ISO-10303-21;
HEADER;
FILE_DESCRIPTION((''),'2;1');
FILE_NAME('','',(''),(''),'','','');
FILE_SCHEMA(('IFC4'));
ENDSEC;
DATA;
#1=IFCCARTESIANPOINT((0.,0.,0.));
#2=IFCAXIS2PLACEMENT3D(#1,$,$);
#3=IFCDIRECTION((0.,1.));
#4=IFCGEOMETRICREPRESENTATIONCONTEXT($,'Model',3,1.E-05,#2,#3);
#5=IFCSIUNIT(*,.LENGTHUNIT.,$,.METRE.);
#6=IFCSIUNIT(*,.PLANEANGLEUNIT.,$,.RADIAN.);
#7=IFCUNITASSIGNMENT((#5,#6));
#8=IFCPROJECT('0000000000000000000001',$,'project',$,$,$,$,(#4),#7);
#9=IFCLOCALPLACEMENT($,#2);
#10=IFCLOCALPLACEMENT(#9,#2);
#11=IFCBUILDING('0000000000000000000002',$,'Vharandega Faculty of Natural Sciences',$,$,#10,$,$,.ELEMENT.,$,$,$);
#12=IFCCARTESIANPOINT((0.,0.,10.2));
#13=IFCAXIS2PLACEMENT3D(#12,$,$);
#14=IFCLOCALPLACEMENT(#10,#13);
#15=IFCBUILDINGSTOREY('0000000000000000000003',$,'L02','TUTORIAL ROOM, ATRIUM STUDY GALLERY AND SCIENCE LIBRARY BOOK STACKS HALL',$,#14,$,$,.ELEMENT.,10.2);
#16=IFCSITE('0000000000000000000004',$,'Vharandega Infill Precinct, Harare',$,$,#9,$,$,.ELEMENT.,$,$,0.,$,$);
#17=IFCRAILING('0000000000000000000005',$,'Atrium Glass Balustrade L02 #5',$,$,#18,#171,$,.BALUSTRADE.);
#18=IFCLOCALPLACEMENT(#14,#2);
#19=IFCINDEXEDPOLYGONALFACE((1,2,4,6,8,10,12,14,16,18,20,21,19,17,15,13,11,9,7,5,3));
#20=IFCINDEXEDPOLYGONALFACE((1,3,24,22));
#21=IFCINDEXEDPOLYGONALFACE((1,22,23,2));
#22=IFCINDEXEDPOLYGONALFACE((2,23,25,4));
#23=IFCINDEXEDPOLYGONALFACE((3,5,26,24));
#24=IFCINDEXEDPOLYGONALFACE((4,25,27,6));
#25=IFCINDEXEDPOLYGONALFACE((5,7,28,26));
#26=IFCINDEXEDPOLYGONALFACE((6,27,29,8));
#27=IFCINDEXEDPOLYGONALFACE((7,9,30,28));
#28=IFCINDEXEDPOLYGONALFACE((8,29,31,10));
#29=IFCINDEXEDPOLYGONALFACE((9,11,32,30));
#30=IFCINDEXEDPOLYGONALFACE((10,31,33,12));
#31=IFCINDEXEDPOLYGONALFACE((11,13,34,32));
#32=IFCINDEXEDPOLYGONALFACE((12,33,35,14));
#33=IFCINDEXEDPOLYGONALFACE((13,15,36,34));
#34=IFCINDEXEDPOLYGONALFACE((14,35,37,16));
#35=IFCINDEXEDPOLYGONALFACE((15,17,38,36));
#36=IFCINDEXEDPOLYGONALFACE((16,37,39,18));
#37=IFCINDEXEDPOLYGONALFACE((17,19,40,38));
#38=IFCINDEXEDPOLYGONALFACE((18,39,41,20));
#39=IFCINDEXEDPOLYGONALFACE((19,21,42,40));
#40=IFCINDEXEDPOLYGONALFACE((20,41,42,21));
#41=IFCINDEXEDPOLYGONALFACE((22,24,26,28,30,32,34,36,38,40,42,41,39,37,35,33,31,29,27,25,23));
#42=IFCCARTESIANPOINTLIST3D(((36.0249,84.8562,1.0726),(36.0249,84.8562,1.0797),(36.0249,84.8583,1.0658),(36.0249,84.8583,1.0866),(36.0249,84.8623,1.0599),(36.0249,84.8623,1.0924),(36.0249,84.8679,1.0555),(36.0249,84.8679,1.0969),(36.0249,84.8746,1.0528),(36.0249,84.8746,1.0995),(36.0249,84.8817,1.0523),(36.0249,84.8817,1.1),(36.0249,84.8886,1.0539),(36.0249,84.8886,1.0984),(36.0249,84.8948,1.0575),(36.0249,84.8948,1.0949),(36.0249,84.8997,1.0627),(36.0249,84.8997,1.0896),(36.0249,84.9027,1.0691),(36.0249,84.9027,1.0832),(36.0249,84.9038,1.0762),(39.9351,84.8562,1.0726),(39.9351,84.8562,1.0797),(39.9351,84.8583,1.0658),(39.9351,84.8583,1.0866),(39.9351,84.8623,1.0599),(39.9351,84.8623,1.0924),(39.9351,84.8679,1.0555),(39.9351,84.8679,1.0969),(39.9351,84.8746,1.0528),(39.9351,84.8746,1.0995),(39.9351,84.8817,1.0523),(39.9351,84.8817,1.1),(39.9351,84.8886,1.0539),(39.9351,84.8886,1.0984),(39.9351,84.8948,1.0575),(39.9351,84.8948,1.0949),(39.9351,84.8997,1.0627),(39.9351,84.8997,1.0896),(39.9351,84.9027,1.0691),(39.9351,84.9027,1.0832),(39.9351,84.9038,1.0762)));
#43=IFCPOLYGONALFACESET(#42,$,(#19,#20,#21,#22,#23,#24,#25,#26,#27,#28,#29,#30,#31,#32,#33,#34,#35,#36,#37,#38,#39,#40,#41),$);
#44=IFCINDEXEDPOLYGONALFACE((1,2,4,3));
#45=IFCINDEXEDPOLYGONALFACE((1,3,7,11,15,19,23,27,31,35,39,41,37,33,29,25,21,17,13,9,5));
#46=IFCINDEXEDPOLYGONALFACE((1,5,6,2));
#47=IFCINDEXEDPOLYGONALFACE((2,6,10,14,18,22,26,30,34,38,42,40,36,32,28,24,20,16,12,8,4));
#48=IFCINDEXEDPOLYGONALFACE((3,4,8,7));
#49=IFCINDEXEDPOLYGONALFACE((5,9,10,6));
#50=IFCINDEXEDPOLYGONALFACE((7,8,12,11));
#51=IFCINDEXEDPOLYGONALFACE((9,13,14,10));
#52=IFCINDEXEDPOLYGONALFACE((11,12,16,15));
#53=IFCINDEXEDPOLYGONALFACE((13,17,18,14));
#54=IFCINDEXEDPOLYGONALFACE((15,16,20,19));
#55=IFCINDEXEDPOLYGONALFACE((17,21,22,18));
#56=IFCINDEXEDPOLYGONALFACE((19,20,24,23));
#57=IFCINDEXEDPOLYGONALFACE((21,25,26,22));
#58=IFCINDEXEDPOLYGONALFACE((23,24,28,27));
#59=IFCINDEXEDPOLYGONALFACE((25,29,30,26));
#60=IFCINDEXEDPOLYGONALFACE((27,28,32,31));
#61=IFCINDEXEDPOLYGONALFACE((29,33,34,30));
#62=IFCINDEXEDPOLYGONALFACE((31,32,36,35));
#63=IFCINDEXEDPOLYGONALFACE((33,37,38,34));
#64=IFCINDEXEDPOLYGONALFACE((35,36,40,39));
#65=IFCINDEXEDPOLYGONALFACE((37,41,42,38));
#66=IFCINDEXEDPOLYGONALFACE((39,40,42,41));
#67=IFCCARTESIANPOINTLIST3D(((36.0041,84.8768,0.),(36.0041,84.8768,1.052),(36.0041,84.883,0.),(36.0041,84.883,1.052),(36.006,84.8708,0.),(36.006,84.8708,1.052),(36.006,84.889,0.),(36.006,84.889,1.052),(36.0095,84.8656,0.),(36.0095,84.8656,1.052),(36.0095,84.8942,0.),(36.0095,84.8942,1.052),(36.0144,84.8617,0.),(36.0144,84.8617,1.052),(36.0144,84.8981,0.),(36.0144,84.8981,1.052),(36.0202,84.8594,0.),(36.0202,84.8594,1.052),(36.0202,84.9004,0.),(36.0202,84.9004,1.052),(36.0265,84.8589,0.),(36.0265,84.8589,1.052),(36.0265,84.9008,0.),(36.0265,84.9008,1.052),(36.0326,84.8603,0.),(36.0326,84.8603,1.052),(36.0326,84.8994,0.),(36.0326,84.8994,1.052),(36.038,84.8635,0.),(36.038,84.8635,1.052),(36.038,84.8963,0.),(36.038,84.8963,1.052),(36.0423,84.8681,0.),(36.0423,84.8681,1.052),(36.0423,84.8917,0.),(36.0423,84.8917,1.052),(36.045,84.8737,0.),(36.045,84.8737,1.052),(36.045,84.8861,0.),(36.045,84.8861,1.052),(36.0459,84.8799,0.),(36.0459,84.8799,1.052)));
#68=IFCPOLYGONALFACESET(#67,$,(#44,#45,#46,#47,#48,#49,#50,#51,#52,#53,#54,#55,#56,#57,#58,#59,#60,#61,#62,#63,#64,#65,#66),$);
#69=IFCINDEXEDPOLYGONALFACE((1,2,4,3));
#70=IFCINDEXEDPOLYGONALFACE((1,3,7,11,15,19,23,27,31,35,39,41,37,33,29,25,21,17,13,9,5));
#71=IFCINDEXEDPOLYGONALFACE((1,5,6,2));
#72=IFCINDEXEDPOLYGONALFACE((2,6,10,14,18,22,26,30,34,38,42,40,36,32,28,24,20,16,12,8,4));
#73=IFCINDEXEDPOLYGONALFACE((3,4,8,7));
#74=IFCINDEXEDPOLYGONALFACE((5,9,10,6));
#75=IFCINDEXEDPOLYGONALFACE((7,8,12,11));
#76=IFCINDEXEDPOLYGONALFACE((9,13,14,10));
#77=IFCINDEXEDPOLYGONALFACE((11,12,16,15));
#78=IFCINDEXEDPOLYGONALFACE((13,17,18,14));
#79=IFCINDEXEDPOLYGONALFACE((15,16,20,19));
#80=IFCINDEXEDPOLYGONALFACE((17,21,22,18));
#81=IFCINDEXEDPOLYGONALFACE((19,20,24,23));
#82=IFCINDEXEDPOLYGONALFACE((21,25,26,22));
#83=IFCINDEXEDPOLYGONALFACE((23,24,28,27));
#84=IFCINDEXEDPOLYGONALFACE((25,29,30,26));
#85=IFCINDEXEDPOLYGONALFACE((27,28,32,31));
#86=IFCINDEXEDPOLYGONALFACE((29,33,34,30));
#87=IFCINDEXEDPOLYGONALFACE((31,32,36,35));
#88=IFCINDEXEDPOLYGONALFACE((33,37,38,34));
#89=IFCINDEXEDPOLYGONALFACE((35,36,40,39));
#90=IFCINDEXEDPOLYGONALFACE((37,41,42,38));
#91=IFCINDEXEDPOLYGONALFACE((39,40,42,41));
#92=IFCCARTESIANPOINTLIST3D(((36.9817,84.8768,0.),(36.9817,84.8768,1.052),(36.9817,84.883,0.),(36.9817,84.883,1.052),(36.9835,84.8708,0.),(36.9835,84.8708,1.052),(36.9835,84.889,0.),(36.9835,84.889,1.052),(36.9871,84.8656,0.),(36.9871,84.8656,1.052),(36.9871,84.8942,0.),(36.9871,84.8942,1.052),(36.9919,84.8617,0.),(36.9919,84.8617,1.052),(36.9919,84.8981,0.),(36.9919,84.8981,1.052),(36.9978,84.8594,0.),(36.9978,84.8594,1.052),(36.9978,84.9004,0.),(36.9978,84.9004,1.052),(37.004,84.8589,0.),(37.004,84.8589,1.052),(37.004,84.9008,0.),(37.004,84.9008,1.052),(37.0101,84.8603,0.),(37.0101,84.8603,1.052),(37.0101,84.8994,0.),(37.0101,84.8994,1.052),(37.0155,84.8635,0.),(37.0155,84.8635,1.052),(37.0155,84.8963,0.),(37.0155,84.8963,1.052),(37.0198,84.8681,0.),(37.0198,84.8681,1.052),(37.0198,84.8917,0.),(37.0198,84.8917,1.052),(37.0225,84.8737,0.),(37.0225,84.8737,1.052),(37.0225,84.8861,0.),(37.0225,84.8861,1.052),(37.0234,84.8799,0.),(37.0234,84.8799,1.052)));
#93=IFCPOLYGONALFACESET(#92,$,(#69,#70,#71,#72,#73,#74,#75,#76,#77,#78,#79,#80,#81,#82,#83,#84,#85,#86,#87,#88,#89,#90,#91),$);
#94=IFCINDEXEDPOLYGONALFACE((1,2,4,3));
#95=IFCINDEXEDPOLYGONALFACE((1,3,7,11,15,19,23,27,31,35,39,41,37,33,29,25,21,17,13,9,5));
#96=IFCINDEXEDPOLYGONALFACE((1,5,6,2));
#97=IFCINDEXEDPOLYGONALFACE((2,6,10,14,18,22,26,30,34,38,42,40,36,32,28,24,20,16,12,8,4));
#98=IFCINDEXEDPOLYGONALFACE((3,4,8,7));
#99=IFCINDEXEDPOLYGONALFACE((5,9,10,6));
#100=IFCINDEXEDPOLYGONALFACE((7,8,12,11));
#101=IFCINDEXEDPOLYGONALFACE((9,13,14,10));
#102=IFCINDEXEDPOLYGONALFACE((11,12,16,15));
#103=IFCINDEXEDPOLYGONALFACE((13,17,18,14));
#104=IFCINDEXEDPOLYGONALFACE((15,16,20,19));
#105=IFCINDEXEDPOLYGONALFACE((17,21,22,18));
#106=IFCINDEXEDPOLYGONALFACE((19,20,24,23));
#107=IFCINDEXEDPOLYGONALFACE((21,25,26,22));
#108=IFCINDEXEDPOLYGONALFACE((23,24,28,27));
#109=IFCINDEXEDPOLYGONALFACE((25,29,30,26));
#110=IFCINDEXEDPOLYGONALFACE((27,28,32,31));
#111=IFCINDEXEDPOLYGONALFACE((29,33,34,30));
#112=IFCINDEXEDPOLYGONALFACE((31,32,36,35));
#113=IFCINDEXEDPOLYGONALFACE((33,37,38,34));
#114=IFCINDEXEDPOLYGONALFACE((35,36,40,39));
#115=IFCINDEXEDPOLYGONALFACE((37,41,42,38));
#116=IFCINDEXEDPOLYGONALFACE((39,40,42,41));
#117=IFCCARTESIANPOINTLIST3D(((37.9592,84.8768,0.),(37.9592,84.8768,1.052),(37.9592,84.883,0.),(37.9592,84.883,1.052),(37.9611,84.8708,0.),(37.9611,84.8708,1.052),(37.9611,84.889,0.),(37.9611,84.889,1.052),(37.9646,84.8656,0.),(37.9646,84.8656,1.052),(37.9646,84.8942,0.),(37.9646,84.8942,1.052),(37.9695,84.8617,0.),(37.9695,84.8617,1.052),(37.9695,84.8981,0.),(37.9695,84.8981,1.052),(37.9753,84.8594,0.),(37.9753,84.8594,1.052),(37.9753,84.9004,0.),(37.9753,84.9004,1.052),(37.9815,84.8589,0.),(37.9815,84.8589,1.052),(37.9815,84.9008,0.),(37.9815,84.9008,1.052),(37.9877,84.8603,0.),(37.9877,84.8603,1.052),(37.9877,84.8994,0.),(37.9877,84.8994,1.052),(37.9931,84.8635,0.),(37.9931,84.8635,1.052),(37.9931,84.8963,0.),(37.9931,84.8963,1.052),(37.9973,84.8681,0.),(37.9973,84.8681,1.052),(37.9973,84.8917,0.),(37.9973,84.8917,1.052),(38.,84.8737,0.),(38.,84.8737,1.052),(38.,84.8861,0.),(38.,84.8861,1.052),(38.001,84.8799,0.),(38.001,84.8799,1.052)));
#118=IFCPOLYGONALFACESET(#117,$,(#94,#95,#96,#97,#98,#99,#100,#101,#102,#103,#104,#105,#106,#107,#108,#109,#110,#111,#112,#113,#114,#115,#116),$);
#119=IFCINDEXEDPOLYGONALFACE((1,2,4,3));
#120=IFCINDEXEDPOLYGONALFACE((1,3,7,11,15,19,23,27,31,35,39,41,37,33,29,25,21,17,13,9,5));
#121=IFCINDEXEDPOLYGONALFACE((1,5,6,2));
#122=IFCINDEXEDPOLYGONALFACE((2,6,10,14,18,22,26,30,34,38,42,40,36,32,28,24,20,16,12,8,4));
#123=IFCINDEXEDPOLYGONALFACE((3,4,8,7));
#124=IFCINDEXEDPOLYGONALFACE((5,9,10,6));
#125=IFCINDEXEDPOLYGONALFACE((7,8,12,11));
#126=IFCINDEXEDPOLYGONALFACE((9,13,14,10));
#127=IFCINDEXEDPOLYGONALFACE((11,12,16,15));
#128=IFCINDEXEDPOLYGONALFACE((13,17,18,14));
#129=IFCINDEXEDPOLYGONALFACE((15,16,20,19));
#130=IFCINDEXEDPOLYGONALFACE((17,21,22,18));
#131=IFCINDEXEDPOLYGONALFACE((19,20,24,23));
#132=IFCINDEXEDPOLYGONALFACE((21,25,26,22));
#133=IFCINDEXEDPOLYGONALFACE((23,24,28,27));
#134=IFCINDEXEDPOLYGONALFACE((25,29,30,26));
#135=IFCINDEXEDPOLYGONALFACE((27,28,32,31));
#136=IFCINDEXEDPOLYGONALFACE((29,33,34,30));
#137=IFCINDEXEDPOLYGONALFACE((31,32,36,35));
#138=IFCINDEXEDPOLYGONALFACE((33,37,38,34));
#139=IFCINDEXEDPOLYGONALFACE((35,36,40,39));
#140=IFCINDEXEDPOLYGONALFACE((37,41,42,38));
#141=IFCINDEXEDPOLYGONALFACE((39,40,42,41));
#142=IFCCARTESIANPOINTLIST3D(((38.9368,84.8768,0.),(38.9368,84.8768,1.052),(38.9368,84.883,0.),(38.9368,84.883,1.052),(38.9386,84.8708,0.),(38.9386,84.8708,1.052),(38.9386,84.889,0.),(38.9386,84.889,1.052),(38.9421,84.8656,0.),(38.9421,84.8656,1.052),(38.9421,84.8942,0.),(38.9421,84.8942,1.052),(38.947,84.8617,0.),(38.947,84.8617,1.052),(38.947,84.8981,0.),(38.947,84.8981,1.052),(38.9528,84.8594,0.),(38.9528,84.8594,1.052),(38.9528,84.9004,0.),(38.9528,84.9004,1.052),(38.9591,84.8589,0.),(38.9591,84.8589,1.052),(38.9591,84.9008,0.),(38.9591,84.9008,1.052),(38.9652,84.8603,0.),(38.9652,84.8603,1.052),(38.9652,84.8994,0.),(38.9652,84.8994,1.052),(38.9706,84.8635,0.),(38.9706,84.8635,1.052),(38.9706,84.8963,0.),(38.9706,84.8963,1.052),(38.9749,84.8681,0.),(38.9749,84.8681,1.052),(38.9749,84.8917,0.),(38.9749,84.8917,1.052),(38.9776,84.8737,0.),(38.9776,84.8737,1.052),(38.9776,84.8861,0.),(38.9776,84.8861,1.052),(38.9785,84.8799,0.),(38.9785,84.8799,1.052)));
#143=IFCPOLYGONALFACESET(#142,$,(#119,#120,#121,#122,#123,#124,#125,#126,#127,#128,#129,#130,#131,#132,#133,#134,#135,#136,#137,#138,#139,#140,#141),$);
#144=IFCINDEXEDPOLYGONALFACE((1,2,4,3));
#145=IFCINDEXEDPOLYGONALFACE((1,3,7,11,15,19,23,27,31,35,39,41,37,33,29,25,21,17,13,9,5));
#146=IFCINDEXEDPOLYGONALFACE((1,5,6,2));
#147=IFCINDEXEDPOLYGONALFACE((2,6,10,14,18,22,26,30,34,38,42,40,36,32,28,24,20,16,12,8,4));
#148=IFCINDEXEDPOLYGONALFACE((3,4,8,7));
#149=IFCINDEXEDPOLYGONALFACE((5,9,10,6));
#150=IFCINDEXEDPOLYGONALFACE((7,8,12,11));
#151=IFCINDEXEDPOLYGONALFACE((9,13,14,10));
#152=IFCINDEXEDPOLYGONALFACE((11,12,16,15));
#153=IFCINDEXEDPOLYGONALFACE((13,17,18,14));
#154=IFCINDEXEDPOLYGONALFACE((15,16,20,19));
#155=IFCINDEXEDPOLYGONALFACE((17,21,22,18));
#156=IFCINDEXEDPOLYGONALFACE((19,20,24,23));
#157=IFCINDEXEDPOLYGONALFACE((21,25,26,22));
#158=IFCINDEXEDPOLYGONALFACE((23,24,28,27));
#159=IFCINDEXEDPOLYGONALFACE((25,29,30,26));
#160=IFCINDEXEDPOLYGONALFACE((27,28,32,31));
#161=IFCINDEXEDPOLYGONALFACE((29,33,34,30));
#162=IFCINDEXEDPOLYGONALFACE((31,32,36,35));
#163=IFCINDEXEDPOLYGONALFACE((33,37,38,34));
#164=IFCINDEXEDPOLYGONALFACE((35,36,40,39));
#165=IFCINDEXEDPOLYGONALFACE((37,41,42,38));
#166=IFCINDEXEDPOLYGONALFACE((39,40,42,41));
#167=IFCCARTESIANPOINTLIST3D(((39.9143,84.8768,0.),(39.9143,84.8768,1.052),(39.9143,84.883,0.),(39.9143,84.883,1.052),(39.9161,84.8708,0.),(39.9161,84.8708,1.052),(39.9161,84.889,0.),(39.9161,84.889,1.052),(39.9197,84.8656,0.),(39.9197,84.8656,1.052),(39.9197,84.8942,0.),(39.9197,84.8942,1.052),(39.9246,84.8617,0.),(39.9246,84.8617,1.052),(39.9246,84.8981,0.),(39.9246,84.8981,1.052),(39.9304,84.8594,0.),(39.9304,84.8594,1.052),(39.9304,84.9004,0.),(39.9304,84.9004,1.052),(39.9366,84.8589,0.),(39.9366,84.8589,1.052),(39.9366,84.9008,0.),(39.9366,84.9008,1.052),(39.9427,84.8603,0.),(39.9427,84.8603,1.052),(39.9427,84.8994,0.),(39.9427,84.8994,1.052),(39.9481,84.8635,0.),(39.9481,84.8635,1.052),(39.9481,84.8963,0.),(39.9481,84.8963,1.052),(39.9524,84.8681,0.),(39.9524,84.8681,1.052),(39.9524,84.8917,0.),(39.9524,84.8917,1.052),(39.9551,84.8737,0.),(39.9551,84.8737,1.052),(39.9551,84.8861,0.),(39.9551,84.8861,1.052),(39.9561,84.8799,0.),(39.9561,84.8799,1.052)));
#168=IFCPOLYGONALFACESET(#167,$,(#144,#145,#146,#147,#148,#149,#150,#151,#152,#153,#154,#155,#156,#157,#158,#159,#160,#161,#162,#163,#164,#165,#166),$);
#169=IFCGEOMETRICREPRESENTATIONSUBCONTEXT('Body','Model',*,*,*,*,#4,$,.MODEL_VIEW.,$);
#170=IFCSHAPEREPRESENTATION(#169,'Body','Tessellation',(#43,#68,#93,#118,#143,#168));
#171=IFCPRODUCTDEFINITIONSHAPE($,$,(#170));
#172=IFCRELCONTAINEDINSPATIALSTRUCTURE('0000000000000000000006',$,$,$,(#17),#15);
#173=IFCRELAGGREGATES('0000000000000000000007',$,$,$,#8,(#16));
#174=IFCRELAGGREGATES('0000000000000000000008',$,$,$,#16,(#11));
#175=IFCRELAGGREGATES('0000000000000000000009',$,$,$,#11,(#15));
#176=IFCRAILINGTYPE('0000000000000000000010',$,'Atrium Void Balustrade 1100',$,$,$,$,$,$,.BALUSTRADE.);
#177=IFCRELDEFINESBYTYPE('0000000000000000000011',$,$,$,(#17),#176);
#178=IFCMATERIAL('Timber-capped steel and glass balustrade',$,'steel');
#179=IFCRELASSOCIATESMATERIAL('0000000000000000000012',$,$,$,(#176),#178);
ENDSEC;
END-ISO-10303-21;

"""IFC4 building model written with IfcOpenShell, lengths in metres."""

from ifc_helpers import new_model, si_unit, direction, frame, origin, origin_2d, place, context, subcontext, project, spatial, circle, extrude, material, type_object, element, save


model = new_model("IFC4")

# Units and contexts
model_context = context("Model", 3, precision=1e-05, world=origin(), true_north=direction((0.0, 1.0)))
body_context = subcontext(model_context, "Body", "Model", "MODEL_VIEW")
ifc_project = project(units=[si_unit("LENGTHUNIT", "METRE"), si_unit("PLANEANGLEUNIT", "RADIAN")], contexts=[model_context])

# Site, building, storey
site_placement = place(None, origin())
site = spatial("IfcSite", under=ifc_project, at=site_placement, Name="Vharandega Infill Precinct, Harare", CompositionType="ELEMENT", RefElevation=0.0)
building_placement = place(site_placement, origin())
building = spatial("IfcBuilding", under=site, at=building_placement, Name="Vharandega Faculty of Natural Sciences", CompositionType="ELEMENT")
storey_placement = place(building_placement, frame((0.0, 0.0, 10.2)))
storey = spatial("IfcBuildingStorey", under=building, at=storey_placement, Name="L02", Description="TUTORIAL ROOM, ATRIUM STUDY GALLERY AND SCIENCE LIBRARY BOOK STACKS HALL", CompositionType="ELEMENT", Elevation=10.2)

# Railing
ifc_material_1 = material(Name="Timber-capped steel and glass balustrade", Category="steel")
railing_type_1 = type_object("IfcRailingType", Name="Atrium Void Balustrade 1100", PredefinedType="BALUSTRADE", material=ifc_material_1)
for number, where, name in (
    (1, (36.0249, 84.8799, 0.0), "Atrium Glass Balustrade L02 #5"),
):
    element("IfcRailing", number, at=place(storey_placement, frame(where)), inside=storey, type_object=railing_type_1, Name=name, PredefinedType="BALUSTRADE", context=body_context, shape_type="SweptSolid", body=[
        extrude(circle(Radius=0.0239, at=origin_2d()), frame((0.0, 0.0, 1.0762), z_axis=(1.0, 0.0, 0.0), x_axis=(0.0, 1.0, 0.0)), (0.0, 0.0, 1.0), 3.9102),
        extrude(circle(Radius=0.021, at=origin_2d()), origin(), (0.0, 0.0, 1.0), 1.052),
        extrude(circle(Radius=0.021, at=origin_2d()), frame((0.9775, 0.0, 0.0)), (0.0, 0.0, 1.0), 1.052),
        extrude(circle(Radius=0.021, at=origin_2d()), frame((1.9551, 0.0, 0.0)), (0.0, 0.0, 1.0), 1.052),
        extrude(circle(Radius=0.021, at=origin_2d()), frame((2.9326, 0.0, 0.0)), (0.0, 0.0, 1.0), 1.052),
        extrude(circle(Radius=0.021, at=origin_2d()), frame((3.9102, 0.0, 0.0)), (0.0, 0.0, 1.0), 1.052),
    ])

save(model, "model.ifc")
